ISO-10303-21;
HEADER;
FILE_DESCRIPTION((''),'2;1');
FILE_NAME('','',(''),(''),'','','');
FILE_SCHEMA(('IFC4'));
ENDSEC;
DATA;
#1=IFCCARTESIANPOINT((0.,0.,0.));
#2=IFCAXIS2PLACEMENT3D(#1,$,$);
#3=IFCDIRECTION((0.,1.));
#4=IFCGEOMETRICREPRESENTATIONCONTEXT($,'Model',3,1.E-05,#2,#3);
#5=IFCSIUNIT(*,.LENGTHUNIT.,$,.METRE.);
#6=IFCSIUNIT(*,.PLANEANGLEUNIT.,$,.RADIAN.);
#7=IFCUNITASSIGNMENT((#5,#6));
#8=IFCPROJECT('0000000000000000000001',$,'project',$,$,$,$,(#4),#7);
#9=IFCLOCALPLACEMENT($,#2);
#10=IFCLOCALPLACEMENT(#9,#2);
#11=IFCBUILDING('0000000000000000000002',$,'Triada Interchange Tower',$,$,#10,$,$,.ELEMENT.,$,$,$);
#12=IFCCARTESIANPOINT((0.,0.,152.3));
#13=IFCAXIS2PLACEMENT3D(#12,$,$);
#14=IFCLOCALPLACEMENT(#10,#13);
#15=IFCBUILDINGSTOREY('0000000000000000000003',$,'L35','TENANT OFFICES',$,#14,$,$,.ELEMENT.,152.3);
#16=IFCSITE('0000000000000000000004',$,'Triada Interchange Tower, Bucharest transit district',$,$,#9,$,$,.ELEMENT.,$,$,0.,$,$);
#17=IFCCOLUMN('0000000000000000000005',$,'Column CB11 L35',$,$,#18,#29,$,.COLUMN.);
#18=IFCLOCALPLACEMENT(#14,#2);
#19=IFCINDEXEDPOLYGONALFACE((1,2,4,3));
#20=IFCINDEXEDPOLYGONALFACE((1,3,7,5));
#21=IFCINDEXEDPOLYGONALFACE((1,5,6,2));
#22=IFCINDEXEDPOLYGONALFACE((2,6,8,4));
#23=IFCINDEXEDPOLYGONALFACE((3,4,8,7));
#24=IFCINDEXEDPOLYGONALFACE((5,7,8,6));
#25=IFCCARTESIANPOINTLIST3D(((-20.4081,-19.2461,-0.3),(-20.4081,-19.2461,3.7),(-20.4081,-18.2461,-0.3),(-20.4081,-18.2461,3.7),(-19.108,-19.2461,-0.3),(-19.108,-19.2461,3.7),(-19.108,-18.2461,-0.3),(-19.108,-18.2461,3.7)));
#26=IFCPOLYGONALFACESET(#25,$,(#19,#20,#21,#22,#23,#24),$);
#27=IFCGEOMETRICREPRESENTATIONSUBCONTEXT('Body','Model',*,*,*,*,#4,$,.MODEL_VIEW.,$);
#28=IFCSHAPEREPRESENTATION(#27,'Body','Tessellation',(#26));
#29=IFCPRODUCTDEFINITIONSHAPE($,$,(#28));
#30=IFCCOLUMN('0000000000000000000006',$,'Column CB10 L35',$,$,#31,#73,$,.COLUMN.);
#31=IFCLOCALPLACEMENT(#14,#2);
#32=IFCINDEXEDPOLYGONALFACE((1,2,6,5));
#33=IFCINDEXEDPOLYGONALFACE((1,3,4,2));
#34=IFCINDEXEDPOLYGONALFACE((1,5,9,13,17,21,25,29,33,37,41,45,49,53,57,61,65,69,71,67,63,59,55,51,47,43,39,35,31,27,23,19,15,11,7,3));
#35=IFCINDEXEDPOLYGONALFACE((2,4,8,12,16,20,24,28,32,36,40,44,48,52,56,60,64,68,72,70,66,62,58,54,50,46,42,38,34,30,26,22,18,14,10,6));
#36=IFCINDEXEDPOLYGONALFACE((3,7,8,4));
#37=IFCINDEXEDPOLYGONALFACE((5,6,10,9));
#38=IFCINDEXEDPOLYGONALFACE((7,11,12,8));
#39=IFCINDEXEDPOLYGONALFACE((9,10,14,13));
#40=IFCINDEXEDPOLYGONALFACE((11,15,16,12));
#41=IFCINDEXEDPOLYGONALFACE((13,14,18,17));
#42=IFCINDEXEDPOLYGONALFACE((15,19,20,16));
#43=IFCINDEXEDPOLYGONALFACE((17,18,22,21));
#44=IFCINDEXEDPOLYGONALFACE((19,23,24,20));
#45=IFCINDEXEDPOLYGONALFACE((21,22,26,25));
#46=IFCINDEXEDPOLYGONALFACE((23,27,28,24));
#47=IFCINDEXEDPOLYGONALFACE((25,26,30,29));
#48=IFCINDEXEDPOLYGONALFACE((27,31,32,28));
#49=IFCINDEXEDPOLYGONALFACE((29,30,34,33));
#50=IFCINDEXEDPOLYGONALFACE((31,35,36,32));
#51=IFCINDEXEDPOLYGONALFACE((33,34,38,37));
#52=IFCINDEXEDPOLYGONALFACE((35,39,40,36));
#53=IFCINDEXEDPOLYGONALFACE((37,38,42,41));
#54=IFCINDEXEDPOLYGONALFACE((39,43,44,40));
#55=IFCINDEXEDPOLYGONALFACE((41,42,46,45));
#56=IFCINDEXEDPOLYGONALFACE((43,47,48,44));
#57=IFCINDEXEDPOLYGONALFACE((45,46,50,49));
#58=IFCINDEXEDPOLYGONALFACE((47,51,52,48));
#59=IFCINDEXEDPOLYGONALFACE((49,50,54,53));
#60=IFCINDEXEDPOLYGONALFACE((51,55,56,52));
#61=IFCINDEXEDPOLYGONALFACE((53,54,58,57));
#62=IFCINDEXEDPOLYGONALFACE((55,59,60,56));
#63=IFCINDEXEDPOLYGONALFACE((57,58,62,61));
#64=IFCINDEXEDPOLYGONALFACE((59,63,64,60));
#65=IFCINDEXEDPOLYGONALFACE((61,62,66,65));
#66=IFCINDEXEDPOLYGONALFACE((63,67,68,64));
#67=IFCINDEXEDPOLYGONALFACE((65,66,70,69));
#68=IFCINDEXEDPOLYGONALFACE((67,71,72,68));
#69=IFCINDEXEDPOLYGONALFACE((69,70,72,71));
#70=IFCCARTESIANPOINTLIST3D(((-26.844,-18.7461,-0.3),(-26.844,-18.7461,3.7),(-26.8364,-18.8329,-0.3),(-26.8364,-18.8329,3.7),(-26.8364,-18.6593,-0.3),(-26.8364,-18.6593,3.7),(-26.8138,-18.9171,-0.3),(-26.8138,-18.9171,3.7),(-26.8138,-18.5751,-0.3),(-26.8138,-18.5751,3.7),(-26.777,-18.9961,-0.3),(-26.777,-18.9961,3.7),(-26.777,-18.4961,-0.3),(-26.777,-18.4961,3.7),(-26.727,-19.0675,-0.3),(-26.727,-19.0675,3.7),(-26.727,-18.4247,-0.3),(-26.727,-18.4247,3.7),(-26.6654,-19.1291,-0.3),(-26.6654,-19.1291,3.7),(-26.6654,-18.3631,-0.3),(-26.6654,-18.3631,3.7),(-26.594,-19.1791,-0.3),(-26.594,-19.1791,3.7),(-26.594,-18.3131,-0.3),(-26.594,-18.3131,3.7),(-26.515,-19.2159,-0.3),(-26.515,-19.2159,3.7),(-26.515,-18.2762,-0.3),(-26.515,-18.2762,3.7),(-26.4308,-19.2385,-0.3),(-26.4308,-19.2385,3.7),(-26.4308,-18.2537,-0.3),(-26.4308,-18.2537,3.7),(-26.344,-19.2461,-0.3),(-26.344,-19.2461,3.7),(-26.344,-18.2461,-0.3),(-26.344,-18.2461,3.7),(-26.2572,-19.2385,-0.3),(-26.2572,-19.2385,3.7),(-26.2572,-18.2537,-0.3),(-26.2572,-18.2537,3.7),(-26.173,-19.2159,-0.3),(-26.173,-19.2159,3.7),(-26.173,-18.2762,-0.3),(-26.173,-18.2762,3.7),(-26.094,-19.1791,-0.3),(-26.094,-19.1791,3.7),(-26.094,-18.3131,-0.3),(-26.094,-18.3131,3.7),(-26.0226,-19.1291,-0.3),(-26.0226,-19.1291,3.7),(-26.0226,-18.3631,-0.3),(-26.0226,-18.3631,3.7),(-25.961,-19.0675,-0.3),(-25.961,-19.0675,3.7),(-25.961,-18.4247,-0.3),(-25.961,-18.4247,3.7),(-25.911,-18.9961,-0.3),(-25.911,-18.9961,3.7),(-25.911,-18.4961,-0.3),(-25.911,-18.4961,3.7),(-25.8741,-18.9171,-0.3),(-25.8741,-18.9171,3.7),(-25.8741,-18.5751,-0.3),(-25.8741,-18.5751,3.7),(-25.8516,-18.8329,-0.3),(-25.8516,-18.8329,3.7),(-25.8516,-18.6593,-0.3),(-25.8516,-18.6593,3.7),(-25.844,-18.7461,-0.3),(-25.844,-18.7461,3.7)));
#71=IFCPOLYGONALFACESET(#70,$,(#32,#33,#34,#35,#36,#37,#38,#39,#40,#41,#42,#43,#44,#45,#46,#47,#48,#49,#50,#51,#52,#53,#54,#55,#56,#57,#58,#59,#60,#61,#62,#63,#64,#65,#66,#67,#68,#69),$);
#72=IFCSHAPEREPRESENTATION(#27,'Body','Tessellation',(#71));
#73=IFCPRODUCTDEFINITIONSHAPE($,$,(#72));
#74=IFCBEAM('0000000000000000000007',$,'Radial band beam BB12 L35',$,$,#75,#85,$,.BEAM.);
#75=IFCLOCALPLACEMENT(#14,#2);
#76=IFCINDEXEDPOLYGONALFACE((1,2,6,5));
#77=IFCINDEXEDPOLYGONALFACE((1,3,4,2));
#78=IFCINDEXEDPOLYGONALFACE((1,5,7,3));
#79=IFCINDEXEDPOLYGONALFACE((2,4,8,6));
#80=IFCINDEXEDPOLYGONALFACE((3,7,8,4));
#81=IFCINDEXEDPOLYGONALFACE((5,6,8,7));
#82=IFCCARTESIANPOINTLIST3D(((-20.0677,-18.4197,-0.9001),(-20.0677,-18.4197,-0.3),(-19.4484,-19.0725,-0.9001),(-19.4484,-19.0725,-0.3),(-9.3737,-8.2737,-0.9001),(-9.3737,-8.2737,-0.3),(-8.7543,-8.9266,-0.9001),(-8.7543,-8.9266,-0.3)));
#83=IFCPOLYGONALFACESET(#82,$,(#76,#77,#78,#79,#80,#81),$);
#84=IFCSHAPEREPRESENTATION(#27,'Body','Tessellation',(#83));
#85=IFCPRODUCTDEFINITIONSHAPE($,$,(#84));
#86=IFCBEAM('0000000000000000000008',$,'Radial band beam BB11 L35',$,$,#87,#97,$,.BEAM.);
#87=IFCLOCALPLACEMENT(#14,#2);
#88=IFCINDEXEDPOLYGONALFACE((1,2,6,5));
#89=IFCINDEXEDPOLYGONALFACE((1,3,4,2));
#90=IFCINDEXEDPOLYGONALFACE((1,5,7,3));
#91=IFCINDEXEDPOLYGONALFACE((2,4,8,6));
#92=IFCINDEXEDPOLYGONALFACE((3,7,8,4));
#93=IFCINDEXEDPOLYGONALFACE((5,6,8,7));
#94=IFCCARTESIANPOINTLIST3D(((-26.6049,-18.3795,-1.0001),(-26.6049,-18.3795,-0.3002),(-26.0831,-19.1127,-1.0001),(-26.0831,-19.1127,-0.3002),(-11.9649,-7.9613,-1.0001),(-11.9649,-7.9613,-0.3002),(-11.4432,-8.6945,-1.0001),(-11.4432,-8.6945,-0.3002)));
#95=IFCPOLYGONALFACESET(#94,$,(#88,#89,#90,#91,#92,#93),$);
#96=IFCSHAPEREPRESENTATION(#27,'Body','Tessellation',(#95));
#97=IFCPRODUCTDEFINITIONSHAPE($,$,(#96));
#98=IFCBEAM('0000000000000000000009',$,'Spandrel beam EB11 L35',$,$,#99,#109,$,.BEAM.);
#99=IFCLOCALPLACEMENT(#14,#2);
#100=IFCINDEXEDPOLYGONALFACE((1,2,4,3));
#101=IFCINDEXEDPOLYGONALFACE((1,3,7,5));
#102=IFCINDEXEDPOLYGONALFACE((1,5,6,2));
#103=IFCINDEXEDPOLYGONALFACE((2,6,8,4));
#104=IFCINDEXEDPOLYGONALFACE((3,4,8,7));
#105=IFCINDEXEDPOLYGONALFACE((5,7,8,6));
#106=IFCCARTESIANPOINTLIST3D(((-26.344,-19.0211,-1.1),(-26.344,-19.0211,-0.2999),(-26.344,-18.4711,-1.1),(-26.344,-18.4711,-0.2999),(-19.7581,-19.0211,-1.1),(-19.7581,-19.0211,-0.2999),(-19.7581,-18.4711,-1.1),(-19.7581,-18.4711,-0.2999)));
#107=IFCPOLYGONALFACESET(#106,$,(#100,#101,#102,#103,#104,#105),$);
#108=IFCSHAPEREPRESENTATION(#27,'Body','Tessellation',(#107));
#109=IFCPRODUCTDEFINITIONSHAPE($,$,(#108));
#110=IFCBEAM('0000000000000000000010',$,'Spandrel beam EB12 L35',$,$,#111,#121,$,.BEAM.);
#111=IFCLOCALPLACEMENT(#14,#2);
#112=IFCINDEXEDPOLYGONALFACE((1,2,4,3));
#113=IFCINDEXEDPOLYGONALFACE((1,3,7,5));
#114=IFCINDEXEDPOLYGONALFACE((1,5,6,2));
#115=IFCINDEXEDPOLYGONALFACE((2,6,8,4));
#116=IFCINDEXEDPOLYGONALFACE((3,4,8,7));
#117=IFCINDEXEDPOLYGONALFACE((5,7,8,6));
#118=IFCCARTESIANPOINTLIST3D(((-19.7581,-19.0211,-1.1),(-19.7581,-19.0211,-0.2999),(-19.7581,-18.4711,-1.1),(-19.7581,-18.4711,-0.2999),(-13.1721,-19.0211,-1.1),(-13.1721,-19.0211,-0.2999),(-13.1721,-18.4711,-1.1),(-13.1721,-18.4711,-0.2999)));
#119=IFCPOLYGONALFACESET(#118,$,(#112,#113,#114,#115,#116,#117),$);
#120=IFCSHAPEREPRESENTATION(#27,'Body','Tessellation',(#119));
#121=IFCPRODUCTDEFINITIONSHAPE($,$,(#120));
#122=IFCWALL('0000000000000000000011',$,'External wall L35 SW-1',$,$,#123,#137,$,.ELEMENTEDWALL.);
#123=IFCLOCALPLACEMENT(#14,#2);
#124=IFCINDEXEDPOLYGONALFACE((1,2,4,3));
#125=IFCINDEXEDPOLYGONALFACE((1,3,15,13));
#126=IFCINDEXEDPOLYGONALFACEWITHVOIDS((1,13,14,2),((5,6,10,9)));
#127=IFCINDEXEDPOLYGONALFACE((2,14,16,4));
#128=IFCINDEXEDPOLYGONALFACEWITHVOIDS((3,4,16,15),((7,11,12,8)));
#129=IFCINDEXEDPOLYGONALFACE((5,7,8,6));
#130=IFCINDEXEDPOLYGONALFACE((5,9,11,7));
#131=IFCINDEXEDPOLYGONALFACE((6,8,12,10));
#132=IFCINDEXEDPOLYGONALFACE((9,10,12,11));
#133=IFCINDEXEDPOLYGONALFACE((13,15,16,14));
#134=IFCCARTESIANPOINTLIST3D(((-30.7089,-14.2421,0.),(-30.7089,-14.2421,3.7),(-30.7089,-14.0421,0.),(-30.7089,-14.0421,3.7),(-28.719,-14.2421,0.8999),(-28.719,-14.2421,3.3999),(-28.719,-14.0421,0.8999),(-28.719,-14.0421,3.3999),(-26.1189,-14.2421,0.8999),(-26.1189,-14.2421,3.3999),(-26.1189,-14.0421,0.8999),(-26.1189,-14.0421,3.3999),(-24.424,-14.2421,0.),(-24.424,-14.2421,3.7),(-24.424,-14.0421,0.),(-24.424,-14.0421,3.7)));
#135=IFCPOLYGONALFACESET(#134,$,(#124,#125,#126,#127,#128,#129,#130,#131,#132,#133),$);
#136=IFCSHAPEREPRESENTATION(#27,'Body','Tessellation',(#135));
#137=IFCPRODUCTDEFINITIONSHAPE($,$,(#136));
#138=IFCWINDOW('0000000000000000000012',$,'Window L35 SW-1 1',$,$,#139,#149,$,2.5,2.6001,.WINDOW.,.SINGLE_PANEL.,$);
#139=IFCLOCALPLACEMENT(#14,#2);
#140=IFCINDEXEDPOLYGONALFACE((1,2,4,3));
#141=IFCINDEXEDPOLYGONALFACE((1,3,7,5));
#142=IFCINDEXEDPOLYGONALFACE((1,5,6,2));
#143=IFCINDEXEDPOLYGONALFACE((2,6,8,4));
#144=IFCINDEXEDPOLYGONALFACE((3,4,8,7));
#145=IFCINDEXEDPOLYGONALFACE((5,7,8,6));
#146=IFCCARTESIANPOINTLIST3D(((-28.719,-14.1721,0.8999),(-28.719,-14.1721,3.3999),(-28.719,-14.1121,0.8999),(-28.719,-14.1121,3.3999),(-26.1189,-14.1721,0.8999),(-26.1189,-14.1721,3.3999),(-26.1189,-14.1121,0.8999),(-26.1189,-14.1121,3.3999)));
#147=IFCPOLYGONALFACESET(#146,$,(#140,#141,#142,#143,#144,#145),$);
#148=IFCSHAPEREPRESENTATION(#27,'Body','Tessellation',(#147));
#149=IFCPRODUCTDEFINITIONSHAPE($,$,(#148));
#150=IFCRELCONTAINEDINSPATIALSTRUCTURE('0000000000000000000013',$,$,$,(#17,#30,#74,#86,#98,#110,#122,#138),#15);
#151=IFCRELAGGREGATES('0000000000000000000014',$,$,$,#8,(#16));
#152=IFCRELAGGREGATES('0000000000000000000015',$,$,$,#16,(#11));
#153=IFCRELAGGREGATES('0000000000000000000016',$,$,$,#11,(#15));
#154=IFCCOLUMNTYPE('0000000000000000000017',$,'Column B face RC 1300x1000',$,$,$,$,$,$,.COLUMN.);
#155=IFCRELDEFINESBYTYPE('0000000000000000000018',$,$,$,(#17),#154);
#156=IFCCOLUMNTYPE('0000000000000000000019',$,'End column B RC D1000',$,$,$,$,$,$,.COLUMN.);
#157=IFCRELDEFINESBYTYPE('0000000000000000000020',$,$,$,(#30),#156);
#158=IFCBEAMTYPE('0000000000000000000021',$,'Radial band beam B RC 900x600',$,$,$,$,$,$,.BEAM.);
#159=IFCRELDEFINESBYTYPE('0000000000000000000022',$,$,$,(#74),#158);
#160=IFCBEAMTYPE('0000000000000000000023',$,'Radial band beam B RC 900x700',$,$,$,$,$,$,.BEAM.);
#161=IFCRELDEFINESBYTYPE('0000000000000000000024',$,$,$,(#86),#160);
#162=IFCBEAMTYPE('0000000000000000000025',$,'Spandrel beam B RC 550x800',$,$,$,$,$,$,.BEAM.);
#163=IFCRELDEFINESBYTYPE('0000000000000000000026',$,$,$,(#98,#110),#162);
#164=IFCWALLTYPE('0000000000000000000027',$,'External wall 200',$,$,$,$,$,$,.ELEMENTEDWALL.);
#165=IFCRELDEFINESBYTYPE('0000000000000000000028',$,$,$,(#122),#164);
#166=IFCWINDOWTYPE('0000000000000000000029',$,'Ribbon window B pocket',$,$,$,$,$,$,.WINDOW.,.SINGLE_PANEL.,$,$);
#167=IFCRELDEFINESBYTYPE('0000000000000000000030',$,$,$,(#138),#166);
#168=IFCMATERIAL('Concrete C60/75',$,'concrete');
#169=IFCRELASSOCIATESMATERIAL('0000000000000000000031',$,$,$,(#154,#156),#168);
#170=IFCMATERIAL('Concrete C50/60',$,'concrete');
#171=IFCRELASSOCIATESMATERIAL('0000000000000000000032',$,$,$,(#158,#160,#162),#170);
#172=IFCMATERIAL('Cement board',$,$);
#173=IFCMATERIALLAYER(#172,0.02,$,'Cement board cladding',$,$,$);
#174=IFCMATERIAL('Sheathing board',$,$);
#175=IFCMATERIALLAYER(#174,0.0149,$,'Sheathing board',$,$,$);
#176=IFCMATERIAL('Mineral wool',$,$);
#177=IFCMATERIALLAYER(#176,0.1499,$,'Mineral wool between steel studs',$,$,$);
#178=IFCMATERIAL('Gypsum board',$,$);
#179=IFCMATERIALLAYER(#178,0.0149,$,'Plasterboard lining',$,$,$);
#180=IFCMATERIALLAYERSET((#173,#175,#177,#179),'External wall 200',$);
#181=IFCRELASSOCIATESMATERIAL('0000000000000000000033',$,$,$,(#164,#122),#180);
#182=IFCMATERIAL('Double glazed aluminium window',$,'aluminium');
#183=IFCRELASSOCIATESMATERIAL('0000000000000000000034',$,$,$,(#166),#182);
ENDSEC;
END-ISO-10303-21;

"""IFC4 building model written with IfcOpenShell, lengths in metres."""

from ifc_helpers import new_model, si_unit, direction, frame, frame_2d, origin, origin_2d, place, context, subcontext, project, spatial, rectangle, circle, extrude, material, layer, layer_set, layer_usage, material_profile, profile_set, type_object, element, fill, save


model = new_model("IFC4")

# Units and contexts
model_context = context("Model", 3, precision=1e-05, world=origin(), true_north=direction((0.0, 1.0)))
body_context = subcontext(model_context, "Body", "Model", "MODEL_VIEW")
ifc_project = project(units=[si_unit("LENGTHUNIT", "METRE"), si_unit("PLANEANGLEUNIT", "RADIAN")], contexts=[model_context])

# Site, building, storey
site_placement = place(None, origin())
site = spatial("IfcSite", under=ifc_project, at=site_placement, Name="Triada Interchange Tower, Bucharest transit district", CompositionType="ELEMENT", RefElevation=0.0)
building_placement = place(site_placement, origin())
building = spatial("IfcBuilding", under=site, at=building_placement, Name="Triada Interchange Tower", CompositionType="ELEMENT")
storey_placement = place(building_placement, frame((0.0, 0.0, 152.3)))
storey = spatial("IfcBuildingStorey", under=building, at=storey_placement, Name="L35", Description="TENANT OFFICES", CompositionType="ELEMENT", Elevation=152.3)

# Columns
ifc_material_1 = material(Name="Concrete C60/75", Category="concrete")
ifc_material_profile_1 = material_profile(ifc_material_1, rectangle(XDim=1.3, YDim=1.0, at=origin_2d()), Name="RC 1300x1000")
ifc_profile_set_1 = profile_set([ifc_material_profile_1], Name="Concrete C60/75")
column_type_1 = type_object("IfcColumnType", Name="Column B face RC 1300x1000", PredefinedType="COLUMN", material=ifc_profile_set_1)
column_1_placement = place(storey_placement, frame((-19.7581, -18.7461, -0.3), z_axis=(0.0, 0.0, 1.0), x_axis=(1.0, 0.0, 0.0)))
element("IfcColumn", 1, at=column_1_placement, inside=storey, type_object=column_type_1, Name="Column CB11 L35", PredefinedType="COLUMN", context=body_context, shape_type="SweptSolid", body=[
    extrude(rectangle(XDim=1.3, YDim=1.0, at=origin_2d()), origin(), (0.0, 0.0, 1.0), 4.0),
])
ifc_material_profile_2 = material_profile(ifc_material_1, circle(Radius=0.5, at=origin_2d()), Name="RC D1000")
ifc_profile_set_2 = profile_set([ifc_material_profile_2], Name="Concrete C60/75")
column_type_2 = type_object("IfcColumnType", Name="End column B RC D1000", PredefinedType="COLUMN", material=ifc_profile_set_2)
column_2_placement = place(storey_placement, frame((-26.344, -18.7461, -0.3), z_axis=(0.0, 0.0, 1.0), x_axis=(1.0, 0.0, 0.0)))
element("IfcColumn", 2, at=column_2_placement, inside=storey, type_object=column_type_2, Name="Column CB10 L35", PredefinedType="COLUMN", context=body_context, shape_type="SweptSolid", body=[
    extrude(circle(Radius=0.5, at=origin_2d()), origin(), (0.0, 0.0, 1.0), 4.0),
])

# Beams
ifc_material_2 = material(Name="Concrete C50/60", Category="concrete")
ifc_material_profile_3 = material_profile(ifc_material_2, rectangle(XDim=0.8999, YDim=0.6001, at=origin_2d()), Name="RC 900x600")
ifc_profile_set_3 = profile_set([ifc_material_profile_3], Name="Concrete C50/60")
beam_type_1 = type_object("IfcBeamType", Name="Radial band beam B RC 900x600", PredefinedType="BEAM", material=ifc_profile_set_3)
beam_1_placement = place(storey_placement, frame((-19.7581, -18.7461, -0.6001), z_axis=(0.725453, 0.688272, 0.0), x_axis=(-0.688272, 0.725453, 0.0)))
element("IfcBeam", 3, at=beam_1_placement, inside=storey, type_object=beam_type_1, Name="Radial band beam BB12 L35", PredefinedType="BEAM", context=body_context, shape_type="SweptSolid", body=[
    extrude(rectangle(XDim=0.8999, YDim=0.6001, at=origin_2d()), origin(), (0.0, 0.0, 1.0), 14.7412),
])
ifc_material_profile_4 = material_profile(ifc_material_2, rectangle(XDim=0.8999, YDim=0.7, at=origin_2d()), Name="RC 900x700")
ifc_profile_set_4 = profile_set([ifc_material_profile_4], Name="Concrete C50/60")
beam_type_2 = type_object("IfcBeamType", Name="Radial band beam B RC 900x700", PredefinedType="BEAM", material=ifc_profile_set_4)
beam_2_placement = place(storey_placement, frame((-26.344, -18.7461, -0.6501), z_axis=(0.814755, 0.579805, 0.0), x_axis=(-0.579805, 0.814755, 0.0)))
element("IfcBeam", 4, at=beam_2_placement, inside=storey, type_object=beam_type_2, Name="Radial band beam BB11 L35", PredefinedType="BEAM", context=body_context, shape_type="SweptSolid", body=[
    extrude(rectangle(XDim=0.8999, YDim=0.7, at=origin_2d()), origin(), (0.0, 0.0, 1.0), 17.9685),
])
ifc_material_profile_5 = material_profile(ifc_material_2, rectangle(XDim=0.55, YDim=0.8, at=origin_2d()), Name="RC 550x800")
ifc_profile_set_5 = profile_set([ifc_material_profile_5], Name="Concrete C50/60")
beam_type_3 = type_object("IfcBeamType", Name="Spandrel beam B RC 550x800", PredefinedType="BEAM", material=ifc_profile_set_5)
for number, where, z_axis, x_axis, name in (
    (5, (-26.344, -18.7461, -0.7), (1.0, 0.0, 0.0), (0.0, 1.0, 0.0), "Spandrel beam EB11 L35"),
    (6, (-19.7581, -18.7461, -0.7), (1.0, 0.0, 0.0), (0.0, 1.0, 0.0), "Spandrel beam EB12 L35"),
):
    element("IfcBeam", number, at=place(storey_placement, frame(where, z_axis=z_axis, x_axis=x_axis)), inside=storey, type_object=beam_type_3, Name=name, PredefinedType="BEAM", context=body_context, shape_type="SweptSolid", body=[
        extrude(rectangle(XDim=0.55, YDim=0.8, at=origin_2d()), origin(), (0.0, 0.0, 1.0), 6.5859),
    ])

# Wall, opening, window
ifc_material_3 = material(Name="Cement board")
ifc_layer_1 = layer(ifc_material_3, 0.02, Name="Cement board cladding")
ifc_material_4 = material(Name="Sheathing board")
ifc_layer_2 = layer(ifc_material_4, 0.0149, Name="Sheathing board")
ifc_material_5 = material(Name="Mineral wool")
ifc_layer_3 = layer(ifc_material_5, 0.1499, Name="Mineral wool between steel studs")
ifc_material_6 = material(Name="Gypsum board")
ifc_layer_4 = layer(ifc_material_6, 0.0149, Name="Plasterboard lining")
ifc_layer_set_1 = layer_set([ifc_layer_1, ifc_layer_2, ifc_layer_3, ifc_layer_4], Name="External wall 200")
ifc_layer_usage = layer_usage(ifc_layer_set_1, "AXIS2", "POSITIVE", -0.1001)
wall_type_1 = type_object("IfcWallType", Name="External wall 200", PredefinedType="ELEMENTEDWALL", material=ifc_layer_set_1)
wall_1_placement = place(storey_placement, frame((-30.709, -14.1421, 0.0), z_axis=(0.0, 0.0, 1.0), x_axis=(1.0, 0.0, 0.0)))
wall_1 = element("IfcWall", 7, at=wall_1_placement, inside=storey, type_object=wall_type_1, material=ifc_layer_usage, Name="External wall L35 SW-1", PredefinedType="ELEMENTEDWALL", context=body_context, shape_type="SweptSolid", body=[
    extrude(rectangle(XDim=6.2849, YDim=0.2, at=frame_2d((3.1426, 0.0))), origin(), (0.0, 0.0, 1.0), 3.7),
])
opening_1_placement = place(wall_1_placement, frame((1.99, 0.0, 0.8999)))
opening_1 = element("IfcOpeningElement", 8, at=opening_1_placement, cuts=wall_1, PredefinedType="OPENING", context=body_context, shape_type="SweptSolid", body=[
    extrude(rectangle(XDim=2.6001, YDim=2.5, at=frame_2d((1.3, 1.25))), frame((0.0, 0.1099, 0.0), z_axis=(0.0, -1.0, 0.0), x_axis=(1.0, 0.0, 0.0)), (0.0, 0.0, 1.0), 0.22),
])
ifc_material_7 = material(Name="Double glazed aluminium window", Category="aluminium")
window_type_1 = type_object("IfcWindowType", Name="Ribbon window B pocket", PartitioningType="SINGLE_PANEL", PredefinedType="WINDOW", material=ifc_material_7)
window_1_placement = place(opening_1_placement, origin())
window_1 = element("IfcWindow", 9, at=window_1_placement, inside=storey, type_object=window_type_1, Name="Window L35 SW-1 1", OverallHeight=2.5, OverallWidth=2.6001, PartitioningType="SINGLE_PANEL", PredefinedType="WINDOW", context=body_context, shape_type="SweptSolid", body=[
    extrude(rectangle(XDim=2.6001, YDim=2.5, at=frame_2d((1.3, 1.25))), frame((0.0, 0.03, 0.0), z_axis=(0.0, -1.0, 0.0), x_axis=(1.0, 0.0, 0.0)), (0.0, 0.0, 1.0), 0.0601),
])
fill(opening_1, window_1)

save(model, "model.ifc")
